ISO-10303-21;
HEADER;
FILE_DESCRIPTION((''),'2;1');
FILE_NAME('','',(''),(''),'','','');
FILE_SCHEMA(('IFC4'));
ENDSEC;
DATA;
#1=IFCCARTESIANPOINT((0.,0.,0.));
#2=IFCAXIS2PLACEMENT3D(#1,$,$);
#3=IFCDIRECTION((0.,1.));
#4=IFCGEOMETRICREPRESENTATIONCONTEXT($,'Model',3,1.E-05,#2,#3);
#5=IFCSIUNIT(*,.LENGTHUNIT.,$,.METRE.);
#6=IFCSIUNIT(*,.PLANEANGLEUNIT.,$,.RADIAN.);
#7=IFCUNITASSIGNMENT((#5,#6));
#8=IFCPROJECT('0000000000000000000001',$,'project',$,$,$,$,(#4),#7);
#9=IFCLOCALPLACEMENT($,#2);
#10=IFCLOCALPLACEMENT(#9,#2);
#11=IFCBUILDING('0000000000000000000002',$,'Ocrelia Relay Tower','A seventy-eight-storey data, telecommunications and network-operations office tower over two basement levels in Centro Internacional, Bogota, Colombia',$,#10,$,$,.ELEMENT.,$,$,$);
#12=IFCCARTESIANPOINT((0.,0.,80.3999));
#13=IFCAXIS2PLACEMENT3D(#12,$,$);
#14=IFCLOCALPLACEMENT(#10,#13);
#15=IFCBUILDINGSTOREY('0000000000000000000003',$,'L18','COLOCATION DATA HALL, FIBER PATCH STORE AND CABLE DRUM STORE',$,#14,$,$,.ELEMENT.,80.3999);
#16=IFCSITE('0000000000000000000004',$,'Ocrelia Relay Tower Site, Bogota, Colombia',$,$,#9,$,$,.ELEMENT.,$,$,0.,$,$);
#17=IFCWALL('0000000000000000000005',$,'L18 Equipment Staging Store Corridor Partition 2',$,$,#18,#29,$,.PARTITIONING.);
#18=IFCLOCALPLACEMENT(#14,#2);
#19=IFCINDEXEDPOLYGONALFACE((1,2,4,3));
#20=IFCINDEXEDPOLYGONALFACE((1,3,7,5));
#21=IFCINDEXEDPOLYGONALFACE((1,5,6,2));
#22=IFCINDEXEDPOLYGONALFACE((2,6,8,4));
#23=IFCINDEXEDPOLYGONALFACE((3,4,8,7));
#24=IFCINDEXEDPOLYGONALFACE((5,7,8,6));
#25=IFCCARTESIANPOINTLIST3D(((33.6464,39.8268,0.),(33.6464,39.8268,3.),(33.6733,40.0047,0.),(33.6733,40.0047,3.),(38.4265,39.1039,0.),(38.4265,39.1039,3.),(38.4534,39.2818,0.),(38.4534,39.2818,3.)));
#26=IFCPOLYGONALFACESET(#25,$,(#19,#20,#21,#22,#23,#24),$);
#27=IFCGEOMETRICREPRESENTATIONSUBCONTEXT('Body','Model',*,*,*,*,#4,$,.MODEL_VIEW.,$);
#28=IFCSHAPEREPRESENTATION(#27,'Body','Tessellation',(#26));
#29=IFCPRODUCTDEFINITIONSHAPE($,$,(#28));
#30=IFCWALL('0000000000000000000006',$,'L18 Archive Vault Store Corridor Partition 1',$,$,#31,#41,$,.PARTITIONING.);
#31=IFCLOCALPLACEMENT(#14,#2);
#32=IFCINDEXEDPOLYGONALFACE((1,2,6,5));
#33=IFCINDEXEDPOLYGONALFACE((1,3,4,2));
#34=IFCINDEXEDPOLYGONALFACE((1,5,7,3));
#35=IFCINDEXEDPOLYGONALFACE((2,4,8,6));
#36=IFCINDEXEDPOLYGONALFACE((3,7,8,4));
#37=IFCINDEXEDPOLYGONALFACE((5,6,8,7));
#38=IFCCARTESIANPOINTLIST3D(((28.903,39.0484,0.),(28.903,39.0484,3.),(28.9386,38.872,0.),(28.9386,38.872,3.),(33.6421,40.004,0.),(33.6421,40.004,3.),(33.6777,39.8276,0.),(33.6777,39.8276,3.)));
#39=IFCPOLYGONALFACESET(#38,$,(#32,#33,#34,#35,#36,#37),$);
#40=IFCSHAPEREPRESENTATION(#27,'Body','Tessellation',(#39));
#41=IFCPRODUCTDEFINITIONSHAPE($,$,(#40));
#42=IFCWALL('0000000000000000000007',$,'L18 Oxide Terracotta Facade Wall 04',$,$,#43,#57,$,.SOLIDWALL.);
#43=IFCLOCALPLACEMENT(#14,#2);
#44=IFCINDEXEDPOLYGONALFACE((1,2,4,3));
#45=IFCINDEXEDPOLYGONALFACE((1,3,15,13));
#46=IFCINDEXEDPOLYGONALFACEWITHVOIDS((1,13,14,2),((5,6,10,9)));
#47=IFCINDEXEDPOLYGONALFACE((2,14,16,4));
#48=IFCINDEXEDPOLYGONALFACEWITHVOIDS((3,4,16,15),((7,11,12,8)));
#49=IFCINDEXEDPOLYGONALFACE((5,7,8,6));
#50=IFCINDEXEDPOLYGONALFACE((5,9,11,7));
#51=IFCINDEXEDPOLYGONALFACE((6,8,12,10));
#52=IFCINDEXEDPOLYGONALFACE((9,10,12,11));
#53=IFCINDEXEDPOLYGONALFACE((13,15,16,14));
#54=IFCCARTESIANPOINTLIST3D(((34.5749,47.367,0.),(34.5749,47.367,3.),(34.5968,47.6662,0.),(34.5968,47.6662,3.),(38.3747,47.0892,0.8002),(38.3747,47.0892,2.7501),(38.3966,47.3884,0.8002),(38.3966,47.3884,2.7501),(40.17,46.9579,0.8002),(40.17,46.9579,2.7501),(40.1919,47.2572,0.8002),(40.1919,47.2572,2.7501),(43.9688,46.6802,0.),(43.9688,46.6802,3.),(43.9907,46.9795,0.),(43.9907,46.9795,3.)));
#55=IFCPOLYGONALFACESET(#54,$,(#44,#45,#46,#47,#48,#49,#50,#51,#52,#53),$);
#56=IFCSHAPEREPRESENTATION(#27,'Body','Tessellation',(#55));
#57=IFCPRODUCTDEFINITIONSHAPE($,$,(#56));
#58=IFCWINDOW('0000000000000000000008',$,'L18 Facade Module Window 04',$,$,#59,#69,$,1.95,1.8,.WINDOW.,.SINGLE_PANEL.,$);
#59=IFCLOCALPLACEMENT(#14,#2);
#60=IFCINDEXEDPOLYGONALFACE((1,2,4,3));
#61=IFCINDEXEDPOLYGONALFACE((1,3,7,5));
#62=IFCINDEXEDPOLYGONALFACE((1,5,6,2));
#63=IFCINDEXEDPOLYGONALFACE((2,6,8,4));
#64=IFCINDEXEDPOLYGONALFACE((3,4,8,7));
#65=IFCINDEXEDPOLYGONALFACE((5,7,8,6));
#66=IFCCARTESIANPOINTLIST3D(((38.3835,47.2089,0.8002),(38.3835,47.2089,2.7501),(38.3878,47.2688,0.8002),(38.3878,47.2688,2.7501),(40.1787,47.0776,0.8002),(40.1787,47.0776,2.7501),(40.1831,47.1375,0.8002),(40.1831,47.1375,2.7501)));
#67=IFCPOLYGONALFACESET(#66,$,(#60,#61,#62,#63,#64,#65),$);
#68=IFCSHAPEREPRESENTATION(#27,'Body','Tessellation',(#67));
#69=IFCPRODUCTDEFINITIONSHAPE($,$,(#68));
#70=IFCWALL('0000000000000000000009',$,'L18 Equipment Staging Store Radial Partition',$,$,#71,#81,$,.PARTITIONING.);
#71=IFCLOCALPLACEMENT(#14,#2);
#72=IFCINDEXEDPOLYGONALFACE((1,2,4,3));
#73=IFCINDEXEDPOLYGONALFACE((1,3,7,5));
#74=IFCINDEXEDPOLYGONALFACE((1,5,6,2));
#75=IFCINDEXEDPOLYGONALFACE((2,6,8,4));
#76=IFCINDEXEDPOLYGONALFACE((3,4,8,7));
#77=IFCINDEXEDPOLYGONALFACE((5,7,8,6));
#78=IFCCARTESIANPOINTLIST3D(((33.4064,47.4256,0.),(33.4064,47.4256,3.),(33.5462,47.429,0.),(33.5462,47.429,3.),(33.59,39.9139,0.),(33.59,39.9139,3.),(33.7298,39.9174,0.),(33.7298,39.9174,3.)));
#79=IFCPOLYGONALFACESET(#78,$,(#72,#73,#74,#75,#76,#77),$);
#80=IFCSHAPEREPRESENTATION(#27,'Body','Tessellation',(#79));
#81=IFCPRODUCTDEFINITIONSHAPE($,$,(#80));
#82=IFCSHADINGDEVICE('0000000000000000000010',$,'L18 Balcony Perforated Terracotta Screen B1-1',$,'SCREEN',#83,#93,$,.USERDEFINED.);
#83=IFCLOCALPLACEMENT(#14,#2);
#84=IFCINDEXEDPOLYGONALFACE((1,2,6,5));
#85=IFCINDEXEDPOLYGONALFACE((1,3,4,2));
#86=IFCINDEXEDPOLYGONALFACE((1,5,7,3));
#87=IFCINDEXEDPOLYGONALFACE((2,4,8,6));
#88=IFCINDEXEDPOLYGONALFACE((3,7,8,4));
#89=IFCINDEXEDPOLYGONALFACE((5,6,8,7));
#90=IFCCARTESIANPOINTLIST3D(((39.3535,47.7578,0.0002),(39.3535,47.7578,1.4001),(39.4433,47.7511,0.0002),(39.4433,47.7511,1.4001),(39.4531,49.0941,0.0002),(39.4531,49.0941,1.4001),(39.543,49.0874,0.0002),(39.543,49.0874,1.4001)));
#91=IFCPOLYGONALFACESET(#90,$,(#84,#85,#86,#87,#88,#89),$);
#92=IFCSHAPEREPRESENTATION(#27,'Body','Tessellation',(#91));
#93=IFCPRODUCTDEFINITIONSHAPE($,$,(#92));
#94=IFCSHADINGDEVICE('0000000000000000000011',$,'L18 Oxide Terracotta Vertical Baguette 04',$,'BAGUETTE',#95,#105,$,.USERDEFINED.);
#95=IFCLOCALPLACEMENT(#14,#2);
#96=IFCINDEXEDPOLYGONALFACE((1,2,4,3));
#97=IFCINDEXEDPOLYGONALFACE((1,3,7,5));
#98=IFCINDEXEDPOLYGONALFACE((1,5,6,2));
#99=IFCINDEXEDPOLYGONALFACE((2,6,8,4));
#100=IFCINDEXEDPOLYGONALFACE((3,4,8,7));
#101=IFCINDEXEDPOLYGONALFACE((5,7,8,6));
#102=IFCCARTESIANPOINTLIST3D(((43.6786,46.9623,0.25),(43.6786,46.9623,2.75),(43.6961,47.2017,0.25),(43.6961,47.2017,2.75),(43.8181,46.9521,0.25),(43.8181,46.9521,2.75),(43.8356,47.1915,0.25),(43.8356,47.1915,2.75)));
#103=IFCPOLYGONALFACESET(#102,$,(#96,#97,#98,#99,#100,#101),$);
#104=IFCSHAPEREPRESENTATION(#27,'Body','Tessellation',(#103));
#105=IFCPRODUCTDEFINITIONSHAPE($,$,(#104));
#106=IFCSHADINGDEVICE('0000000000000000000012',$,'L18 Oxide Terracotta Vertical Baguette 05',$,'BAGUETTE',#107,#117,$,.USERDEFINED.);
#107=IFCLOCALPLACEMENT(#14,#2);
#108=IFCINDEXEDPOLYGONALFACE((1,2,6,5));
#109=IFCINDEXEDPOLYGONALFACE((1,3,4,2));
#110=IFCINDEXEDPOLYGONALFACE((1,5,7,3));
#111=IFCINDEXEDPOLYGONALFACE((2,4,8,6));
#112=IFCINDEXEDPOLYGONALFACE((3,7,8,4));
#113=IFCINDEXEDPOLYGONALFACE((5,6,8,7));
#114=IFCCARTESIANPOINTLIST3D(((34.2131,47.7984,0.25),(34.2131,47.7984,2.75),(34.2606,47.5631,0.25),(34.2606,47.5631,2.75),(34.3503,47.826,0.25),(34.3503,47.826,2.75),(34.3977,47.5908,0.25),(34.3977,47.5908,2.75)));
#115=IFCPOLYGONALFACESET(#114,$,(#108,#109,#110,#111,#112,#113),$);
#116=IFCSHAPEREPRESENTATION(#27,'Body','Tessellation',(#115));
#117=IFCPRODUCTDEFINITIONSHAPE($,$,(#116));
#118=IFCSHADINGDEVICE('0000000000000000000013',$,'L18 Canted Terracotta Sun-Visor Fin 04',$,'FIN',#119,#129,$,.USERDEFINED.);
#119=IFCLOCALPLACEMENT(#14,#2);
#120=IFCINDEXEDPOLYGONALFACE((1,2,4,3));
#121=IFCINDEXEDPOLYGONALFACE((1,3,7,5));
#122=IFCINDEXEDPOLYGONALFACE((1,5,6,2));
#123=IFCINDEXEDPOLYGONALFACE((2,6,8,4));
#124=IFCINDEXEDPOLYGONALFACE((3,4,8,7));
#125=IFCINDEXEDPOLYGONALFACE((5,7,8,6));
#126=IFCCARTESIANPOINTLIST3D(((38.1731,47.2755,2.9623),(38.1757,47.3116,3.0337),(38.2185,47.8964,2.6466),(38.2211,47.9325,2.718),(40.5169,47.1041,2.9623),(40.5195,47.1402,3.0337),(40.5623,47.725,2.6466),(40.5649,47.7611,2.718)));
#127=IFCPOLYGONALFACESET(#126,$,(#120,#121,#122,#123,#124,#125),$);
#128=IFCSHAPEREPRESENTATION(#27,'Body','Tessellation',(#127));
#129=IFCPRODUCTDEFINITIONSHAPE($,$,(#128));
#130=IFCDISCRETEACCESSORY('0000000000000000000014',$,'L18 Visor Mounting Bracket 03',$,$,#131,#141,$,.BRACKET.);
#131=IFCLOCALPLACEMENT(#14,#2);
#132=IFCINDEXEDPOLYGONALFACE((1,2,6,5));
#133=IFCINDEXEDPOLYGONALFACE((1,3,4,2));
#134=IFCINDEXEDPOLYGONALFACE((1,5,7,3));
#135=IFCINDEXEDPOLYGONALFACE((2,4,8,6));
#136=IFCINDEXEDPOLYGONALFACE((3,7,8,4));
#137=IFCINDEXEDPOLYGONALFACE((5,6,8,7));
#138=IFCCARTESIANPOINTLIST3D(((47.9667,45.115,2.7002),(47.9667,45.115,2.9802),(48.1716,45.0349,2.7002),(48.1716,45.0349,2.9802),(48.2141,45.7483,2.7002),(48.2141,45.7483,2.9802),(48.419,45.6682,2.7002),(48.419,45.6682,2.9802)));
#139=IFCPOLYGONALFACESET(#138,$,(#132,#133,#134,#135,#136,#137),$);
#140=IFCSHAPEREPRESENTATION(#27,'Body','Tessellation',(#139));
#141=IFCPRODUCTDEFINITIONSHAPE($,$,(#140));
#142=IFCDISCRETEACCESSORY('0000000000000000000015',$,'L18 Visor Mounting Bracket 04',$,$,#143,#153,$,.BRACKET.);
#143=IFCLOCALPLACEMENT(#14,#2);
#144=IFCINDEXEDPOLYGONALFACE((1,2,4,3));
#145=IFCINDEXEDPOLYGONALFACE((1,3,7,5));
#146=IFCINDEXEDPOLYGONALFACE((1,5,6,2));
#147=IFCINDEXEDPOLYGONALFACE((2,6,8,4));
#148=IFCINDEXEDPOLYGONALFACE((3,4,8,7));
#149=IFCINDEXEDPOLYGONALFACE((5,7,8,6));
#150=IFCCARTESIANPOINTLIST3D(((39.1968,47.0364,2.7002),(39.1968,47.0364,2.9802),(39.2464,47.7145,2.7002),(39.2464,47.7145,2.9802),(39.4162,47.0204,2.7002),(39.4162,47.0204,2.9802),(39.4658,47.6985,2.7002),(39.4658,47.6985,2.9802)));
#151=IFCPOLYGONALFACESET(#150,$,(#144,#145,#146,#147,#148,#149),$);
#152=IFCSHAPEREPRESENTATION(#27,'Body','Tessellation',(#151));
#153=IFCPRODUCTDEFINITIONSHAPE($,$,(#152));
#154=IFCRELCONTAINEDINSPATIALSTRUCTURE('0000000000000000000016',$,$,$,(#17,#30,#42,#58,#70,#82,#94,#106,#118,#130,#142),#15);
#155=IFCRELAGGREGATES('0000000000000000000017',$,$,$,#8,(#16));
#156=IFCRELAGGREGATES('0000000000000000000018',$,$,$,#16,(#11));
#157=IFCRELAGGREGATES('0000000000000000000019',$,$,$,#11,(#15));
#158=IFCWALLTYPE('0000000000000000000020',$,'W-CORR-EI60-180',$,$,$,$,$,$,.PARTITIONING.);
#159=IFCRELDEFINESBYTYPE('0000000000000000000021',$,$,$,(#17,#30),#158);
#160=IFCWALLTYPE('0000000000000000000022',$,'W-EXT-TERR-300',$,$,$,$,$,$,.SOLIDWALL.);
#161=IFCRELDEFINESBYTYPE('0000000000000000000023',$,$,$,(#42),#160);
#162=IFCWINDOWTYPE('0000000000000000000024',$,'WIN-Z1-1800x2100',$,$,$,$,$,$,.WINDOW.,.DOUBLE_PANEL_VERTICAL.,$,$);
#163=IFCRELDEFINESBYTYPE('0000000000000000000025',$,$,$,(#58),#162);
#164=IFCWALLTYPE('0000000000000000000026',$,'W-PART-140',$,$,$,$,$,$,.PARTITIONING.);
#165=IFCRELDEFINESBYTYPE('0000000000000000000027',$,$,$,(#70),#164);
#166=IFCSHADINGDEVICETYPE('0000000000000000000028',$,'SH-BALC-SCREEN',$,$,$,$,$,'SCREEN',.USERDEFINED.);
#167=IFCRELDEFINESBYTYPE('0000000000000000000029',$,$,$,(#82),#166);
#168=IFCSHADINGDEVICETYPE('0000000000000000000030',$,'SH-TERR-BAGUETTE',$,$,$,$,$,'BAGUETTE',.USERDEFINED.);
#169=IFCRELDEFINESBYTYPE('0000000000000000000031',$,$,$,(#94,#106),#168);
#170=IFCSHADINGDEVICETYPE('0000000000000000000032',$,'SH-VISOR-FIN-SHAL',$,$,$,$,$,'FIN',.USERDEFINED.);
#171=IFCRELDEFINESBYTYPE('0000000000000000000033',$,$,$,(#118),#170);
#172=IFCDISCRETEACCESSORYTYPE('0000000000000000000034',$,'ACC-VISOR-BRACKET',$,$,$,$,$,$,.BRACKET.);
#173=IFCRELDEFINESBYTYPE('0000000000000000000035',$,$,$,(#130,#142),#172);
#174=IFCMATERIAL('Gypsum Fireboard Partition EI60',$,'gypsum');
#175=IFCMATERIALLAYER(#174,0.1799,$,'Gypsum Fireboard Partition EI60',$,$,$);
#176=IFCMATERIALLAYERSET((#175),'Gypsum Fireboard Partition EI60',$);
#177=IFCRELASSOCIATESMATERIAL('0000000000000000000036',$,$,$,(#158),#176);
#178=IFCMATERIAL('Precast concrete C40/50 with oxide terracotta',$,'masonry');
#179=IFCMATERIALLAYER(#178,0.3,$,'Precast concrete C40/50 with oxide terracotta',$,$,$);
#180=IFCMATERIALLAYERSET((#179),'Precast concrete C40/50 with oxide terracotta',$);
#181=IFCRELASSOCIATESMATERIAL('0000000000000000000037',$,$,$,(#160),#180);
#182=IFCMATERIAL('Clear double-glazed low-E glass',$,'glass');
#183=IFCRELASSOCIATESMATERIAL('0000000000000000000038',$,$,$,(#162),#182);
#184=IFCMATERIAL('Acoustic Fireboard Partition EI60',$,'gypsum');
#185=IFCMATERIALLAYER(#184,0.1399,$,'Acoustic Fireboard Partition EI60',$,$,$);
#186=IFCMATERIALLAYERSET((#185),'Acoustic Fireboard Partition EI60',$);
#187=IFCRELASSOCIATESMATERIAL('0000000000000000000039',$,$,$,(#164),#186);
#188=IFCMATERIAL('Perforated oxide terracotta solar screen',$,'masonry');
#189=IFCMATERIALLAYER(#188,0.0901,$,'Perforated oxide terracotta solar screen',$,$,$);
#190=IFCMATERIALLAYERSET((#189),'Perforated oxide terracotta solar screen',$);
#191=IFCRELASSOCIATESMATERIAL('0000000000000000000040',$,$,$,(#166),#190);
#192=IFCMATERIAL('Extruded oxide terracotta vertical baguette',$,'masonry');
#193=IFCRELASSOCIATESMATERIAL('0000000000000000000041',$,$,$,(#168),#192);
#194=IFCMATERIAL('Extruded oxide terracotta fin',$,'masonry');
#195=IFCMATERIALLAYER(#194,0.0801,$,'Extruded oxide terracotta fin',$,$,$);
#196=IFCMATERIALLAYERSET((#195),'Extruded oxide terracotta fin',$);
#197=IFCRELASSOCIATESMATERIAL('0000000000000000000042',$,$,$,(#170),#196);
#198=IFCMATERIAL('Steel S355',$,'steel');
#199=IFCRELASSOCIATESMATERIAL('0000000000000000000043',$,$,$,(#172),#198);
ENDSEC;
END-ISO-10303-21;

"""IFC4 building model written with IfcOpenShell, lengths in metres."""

from ifc_helpers import new_model, si_unit, direction, frame, frame_2d, origin, origin_2d, place, context, subcontext, project, spatial, rectangle, extrude, material, layer, layer_set, type_object, element, fill, save


model = new_model("IFC4")

# Units and contexts
model_context = context("Model", 3, precision=1e-05, world=origin(), true_north=direction((0.0, 1.0)))
body_context = subcontext(model_context, "Body", "Model", "MODEL_VIEW")
ifc_project = project(units=[si_unit("LENGTHUNIT", "METRE"), si_unit("PLANEANGLEUNIT", "RADIAN")], contexts=[model_context])

# Site, building, storey
site_placement = place(None, origin())
site = spatial("IfcSite", under=ifc_project, at=site_placement, Name="Ocrelia Relay Tower Site, Bogota, Colombia", CompositionType="ELEMENT", RefElevation=0.0)
building_placement = place(site_placement, origin())
building = spatial("IfcBuilding", under=site, at=building_placement, Name="Ocrelia Relay Tower", Description="A seventy-eight-storey data, telecommunications and network-operations office tower over two basement levels in Centro Internacional, Bogota, Colombia", CompositionType="ELEMENT")
storey_placement = place(building_placement, frame((0.0, 0.0, 80.3999)))
storey = spatial("IfcBuildingStorey", under=building, at=storey_placement, Name="L18", Description="COLOCATION DATA HALL, FIBER PATCH STORE AND CABLE DRUM STORE", CompositionType="ELEMENT", Elevation=80.3999)

# Shared definitions
ifc_material_1 = material(Name="Steel S355", Category="steel")

# Walls
ifc_material_2 = material(Name="Gypsum Fireboard Partition EI60", Category="gypsum")
ifc_layer_1 = layer(ifc_material_2, 0.1799, Name="Gypsum Fireboard Partition EI60")
ifc_layer_set_1 = layer_set([ifc_layer_1], Name="Gypsum Fireboard Partition EI60")
wall_type_1 = type_object("IfcWallType", Name="W-CORR-EI60-180", PredefinedType="PARTITIONING", material=ifc_layer_set_1)
for number, where, z_axis, x_axis, name in (
    (1, (38.4399, 39.1929, 0.0), (0.0, 0.0, 1.0), (-0.988757, 0.149533, 0.0), "L18 Equipment Staging Store Corridor Partition 2"),
    (2, (33.6599, 39.9158, 0.0), (0.0, 0.0, 1.0), (-0.980271, -0.19766, 0.0), "L18 Archive Vault Store Corridor Partition 1"),
):
    element("IfcWall", number, at=place(storey_placement, frame(where, z_axis=z_axis, x_axis=x_axis)), inside=storey, type_object=wall_type_1, Name=name, PredefinedType="PARTITIONING", context=body_context, shape_type="SweptSolid", body=[
        extrude(rectangle(XDim=4.8345, YDim=0.1799, at=frame_2d((2.4172, 0.0))), origin(), (0.0, 0.0, 1.0), 3.0),
    ])

# Wall, opening, window
ifc_material_3 = material(Name="Precast concrete C40/50 with oxide terracotta", Category="masonry")
ifc_layer_2 = layer(ifc_material_3, 0.3, Name="Precast concrete C40/50 with oxide terracotta")
ifc_layer_set_2 = layer_set([ifc_layer_2], Name="Precast concrete C40/50 with oxide terracotta")
wall_type_2 = type_object("IfcWallType", Name="W-EXT-TERR-300", PredefinedType="SOLIDWALL", material=ifc_layer_set_2)
wall_1_placement = place(storey_placement, frame((43.9797, 46.8298, 0.0), z_axis=(0.0, 0.0, 1.0), x_axis=(-0.997338, 0.072914, 0.0)))
wall_1 = element("IfcWall", 3, at=wall_1_placement, inside=storey, type_object=wall_type_2, Name="L18 Oxide Terracotta Facade Wall 04", PredefinedType="SOLIDWALL", context=body_context, shape_type="SweptSolid", body=[
    extrude(rectangle(XDim=9.4189, YDim=0.3, at=frame_2d((4.7095, 0.0))), origin(), (0.0, 0.0, 1.0), 3.0),
])
opening_1_placement = place(wall_1_placement, frame((3.8091, 0.0, 0.8)))
opening_1 = element("IfcOpeningElement", 4, at=opening_1_placement, cuts=wall_1, PredefinedType="OPENING", context=body_context, shape_type="SweptSolid", body=[
    extrude(rectangle(XDim=1.8, YDim=1.95, at=frame_2d((0.8999, 0.9751))), frame((0.0, 0.1602, 0.0), z_axis=(0.0, -1.0, 0.0), x_axis=(1.0, 0.0, 0.0)), (0.0, 0.0, 1.0), 0.3201),
])
ifc_material_4 = material(Name="Clear double-glazed low-E glass", Category="glass")
window_type = type_object("IfcWindowType", Name="WIN-Z1-1800x2100", PartitioningType="DOUBLE_PANEL_VERTICAL", PredefinedType="WINDOW", material=ifc_material_4)
window_placement = place(opening_1_placement, origin())
window = element("IfcWindow", 5, at=window_placement, inside=storey, type_object=window_type, Name="L18 Facade Module Window 04", OverallHeight=1.95, OverallWidth=1.8, PartitioningType="SINGLE_PANEL", PredefinedType="WINDOW", context=body_context, shape_type="SweptSolid", body=[
    extrude(rectangle(XDim=1.8, YDim=1.95, at=frame_2d((0.8999, 0.9751))), frame((0.0, 0.03, 0.0), z_axis=(0.0, -1.0, 0.0), x_axis=(1.0, 0.0, 0.0)), (0.0, 0.0, 1.0), 0.0601),
])
fill(opening_1, window)

# Wall
ifc_material_5 = material(Name="Acoustic Fireboard Partition EI60", Category="gypsum")
ifc_layer_3 = layer(ifc_material_5, 0.1399, Name="Acoustic Fireboard Partition EI60")
ifc_layer_set_3 = layer_set([ifc_layer_3], Name="Acoustic Fireboard Partition EI60")
wall_type_3 = type_object("IfcWallType", Name="W-PART-140", PredefinedType="PARTITIONING", material=ifc_layer_set_3)
wall_2_placement = place(storey_placement, frame((33.6599, 39.9158, 0.0), z_axis=(0.0, 0.0, 1.0), x_axis=(-0.024434, 0.999701, 0.0)))
element("IfcWall", 6, at=wall_2_placement, inside=storey, type_object=wall_type_3, Name="L18 Equipment Staging Store Radial Partition", PredefinedType="PARTITIONING", context=body_context, shape_type="SweptSolid", body=[
    extrude(rectangle(XDim=7.5139, YDim=0.1399, at=frame_2d((3.7568, 0.0))), origin(), (0.0, 0.0, 1.0), 3.0),
])

# Shading devices
ifc_material_6 = material(Name="Perforated oxide terracotta solar screen", Category="masonry")
ifc_layer_4 = layer(ifc_material_6, 0.0901, Name="Perforated oxide terracotta solar screen")
ifc_layer_set_4 = layer_set([ifc_layer_4], Name="Perforated oxide terracotta solar screen")
shading_device_type_1 = type_object("IfcShadingDeviceType", Name="SH-BALC-SCREEN", ElementType="SCREEN", PredefinedType="USERDEFINED", material=ifc_layer_set_4)
shading_device_1_placement = place(storey_placement, frame((39.4482, 48.4226, 0.0002), z_axis=(0.0, 0.0, 1.0), x_axis=(0.074347, 0.997232, 0.0)))
element("IfcShadingDevice", 7, at=shading_device_1_placement, inside=storey, type_object=shading_device_type_1, Name="L18 Balcony Perforated Terracotta Screen B1-1", ObjectType="SCREEN", PredefinedType="USERDEFINED", context=body_context, shape_type="SweptSolid", body=[
    extrude(rectangle(XDim=1.3401, YDim=0.0901, at=origin_2d()), origin(), (0.0, 0.0, 1.0), 1.3999),
])
ifc_material_7 = material(Name="Extruded oxide terracotta vertical baguette", Category="masonry")
shading_device_type_2 = type_object("IfcShadingDeviceType", Name="SH-TERR-BAGUETTE", ElementType="BAGUETTE", PredefinedType="USERDEFINED", material=ifc_material_7)
for number, where, z_axis, x_axis, name in (
    (8, (43.7571, 47.0769, 0.25), (0.0, 0.0, 1.0), (-0.997338, 0.072918, 0.0), "L18 Oxide Terracotta Vertical Baguette 04"),
    (9, (34.3054, 47.6946, 0.25), (0.0, 0.0, 1.0), (-0.980272, -0.197654, 0.0), "L18 Oxide Terracotta Vertical Baguette 05"),
):
    element("IfcShadingDevice", number, at=place(storey_placement, frame(where, z_axis=z_axis, x_axis=x_axis)), inside=storey, type_object=shading_device_type_2, Name=name, ObjectType="BAGUETTE", PredefinedType="USERDEFINED", context=body_context, shape_type="SweptSolid", body=[
        extrude(rectangle(XDim=0.1399, YDim=0.24, at=origin_2d()), origin(), (0.0, 0.0, 1.0), 2.5),
    ])
ifc_material_8 = material(Name="Extruded oxide terracotta fin", Category="masonry")
ifc_layer_5 = layer(ifc_material_8, 0.0801, Name="Extruded oxide terracotta fin")
ifc_layer_set_5 = layer_set([ifc_layer_5], Name="Extruded oxide terracotta fin")
shading_device_type_3 = type_object("IfcShadingDeviceType", Name="SH-VISOR-FIN-SHAL", ElementType="FIN", PredefinedType="USERDEFINED", material=ifc_layer_set_5)
shading_device_2_placement = place(storey_placement, frame((39.3677, 47.5002, 2.8044), z_axis=(0.032979, 0.451075, 0.891876), x_axis=(-0.997338, 0.072918, 0.0)))
element("IfcShadingDevice", 10, at=shading_device_2_placement, inside=storey, type_object=shading_device_type_3, Name="L18 Canted Terracotta Sun-Visor Fin 04", ObjectType="FIN", PredefinedType="USERDEFINED", context=body_context, shape_type="SweptSolid", body=[
    extrude(rectangle(XDim=2.3501, YDim=0.698, at=origin_2d()), origin(), (0.0, 0.0, 1.0), 0.0801),
])

# Discrete accessories
discrete_accessory_type = type_object("IfcDiscreteAccessoryType", Name="ACC-VISOR-BRACKET", PredefinedType="BRACKET", material=ifc_material_1)
for number, where, z_axis, x_axis, name in (
    (11, (48.1929, 45.3916, 2.7002), (0.0, 0.0, 1.0), (-0.931454, 0.363859, 0.0), "L18 Visor Mounting Bracket 03"),
    (12, (39.3313, 47.3674, 2.7002), (0.0, 0.0, 1.0), (-0.997338, 0.072918, 0.0), "L18 Visor Mounting Bracket 04"),
):
    element("IfcDiscreteAccessory", number, at=place(storey_placement, frame(where, z_axis=z_axis, x_axis=x_axis)), inside=storey, type_object=discrete_accessory_type, Name=name, PredefinedType="BRACKET", context=body_context, shape_type="SweptSolid", body=[
        extrude(rectangle(XDim=0.22, YDim=0.6799, at=origin_2d()), origin(), (0.0, 0.0, 1.0), 0.28),
    ])

save(model, "model.ifc")
